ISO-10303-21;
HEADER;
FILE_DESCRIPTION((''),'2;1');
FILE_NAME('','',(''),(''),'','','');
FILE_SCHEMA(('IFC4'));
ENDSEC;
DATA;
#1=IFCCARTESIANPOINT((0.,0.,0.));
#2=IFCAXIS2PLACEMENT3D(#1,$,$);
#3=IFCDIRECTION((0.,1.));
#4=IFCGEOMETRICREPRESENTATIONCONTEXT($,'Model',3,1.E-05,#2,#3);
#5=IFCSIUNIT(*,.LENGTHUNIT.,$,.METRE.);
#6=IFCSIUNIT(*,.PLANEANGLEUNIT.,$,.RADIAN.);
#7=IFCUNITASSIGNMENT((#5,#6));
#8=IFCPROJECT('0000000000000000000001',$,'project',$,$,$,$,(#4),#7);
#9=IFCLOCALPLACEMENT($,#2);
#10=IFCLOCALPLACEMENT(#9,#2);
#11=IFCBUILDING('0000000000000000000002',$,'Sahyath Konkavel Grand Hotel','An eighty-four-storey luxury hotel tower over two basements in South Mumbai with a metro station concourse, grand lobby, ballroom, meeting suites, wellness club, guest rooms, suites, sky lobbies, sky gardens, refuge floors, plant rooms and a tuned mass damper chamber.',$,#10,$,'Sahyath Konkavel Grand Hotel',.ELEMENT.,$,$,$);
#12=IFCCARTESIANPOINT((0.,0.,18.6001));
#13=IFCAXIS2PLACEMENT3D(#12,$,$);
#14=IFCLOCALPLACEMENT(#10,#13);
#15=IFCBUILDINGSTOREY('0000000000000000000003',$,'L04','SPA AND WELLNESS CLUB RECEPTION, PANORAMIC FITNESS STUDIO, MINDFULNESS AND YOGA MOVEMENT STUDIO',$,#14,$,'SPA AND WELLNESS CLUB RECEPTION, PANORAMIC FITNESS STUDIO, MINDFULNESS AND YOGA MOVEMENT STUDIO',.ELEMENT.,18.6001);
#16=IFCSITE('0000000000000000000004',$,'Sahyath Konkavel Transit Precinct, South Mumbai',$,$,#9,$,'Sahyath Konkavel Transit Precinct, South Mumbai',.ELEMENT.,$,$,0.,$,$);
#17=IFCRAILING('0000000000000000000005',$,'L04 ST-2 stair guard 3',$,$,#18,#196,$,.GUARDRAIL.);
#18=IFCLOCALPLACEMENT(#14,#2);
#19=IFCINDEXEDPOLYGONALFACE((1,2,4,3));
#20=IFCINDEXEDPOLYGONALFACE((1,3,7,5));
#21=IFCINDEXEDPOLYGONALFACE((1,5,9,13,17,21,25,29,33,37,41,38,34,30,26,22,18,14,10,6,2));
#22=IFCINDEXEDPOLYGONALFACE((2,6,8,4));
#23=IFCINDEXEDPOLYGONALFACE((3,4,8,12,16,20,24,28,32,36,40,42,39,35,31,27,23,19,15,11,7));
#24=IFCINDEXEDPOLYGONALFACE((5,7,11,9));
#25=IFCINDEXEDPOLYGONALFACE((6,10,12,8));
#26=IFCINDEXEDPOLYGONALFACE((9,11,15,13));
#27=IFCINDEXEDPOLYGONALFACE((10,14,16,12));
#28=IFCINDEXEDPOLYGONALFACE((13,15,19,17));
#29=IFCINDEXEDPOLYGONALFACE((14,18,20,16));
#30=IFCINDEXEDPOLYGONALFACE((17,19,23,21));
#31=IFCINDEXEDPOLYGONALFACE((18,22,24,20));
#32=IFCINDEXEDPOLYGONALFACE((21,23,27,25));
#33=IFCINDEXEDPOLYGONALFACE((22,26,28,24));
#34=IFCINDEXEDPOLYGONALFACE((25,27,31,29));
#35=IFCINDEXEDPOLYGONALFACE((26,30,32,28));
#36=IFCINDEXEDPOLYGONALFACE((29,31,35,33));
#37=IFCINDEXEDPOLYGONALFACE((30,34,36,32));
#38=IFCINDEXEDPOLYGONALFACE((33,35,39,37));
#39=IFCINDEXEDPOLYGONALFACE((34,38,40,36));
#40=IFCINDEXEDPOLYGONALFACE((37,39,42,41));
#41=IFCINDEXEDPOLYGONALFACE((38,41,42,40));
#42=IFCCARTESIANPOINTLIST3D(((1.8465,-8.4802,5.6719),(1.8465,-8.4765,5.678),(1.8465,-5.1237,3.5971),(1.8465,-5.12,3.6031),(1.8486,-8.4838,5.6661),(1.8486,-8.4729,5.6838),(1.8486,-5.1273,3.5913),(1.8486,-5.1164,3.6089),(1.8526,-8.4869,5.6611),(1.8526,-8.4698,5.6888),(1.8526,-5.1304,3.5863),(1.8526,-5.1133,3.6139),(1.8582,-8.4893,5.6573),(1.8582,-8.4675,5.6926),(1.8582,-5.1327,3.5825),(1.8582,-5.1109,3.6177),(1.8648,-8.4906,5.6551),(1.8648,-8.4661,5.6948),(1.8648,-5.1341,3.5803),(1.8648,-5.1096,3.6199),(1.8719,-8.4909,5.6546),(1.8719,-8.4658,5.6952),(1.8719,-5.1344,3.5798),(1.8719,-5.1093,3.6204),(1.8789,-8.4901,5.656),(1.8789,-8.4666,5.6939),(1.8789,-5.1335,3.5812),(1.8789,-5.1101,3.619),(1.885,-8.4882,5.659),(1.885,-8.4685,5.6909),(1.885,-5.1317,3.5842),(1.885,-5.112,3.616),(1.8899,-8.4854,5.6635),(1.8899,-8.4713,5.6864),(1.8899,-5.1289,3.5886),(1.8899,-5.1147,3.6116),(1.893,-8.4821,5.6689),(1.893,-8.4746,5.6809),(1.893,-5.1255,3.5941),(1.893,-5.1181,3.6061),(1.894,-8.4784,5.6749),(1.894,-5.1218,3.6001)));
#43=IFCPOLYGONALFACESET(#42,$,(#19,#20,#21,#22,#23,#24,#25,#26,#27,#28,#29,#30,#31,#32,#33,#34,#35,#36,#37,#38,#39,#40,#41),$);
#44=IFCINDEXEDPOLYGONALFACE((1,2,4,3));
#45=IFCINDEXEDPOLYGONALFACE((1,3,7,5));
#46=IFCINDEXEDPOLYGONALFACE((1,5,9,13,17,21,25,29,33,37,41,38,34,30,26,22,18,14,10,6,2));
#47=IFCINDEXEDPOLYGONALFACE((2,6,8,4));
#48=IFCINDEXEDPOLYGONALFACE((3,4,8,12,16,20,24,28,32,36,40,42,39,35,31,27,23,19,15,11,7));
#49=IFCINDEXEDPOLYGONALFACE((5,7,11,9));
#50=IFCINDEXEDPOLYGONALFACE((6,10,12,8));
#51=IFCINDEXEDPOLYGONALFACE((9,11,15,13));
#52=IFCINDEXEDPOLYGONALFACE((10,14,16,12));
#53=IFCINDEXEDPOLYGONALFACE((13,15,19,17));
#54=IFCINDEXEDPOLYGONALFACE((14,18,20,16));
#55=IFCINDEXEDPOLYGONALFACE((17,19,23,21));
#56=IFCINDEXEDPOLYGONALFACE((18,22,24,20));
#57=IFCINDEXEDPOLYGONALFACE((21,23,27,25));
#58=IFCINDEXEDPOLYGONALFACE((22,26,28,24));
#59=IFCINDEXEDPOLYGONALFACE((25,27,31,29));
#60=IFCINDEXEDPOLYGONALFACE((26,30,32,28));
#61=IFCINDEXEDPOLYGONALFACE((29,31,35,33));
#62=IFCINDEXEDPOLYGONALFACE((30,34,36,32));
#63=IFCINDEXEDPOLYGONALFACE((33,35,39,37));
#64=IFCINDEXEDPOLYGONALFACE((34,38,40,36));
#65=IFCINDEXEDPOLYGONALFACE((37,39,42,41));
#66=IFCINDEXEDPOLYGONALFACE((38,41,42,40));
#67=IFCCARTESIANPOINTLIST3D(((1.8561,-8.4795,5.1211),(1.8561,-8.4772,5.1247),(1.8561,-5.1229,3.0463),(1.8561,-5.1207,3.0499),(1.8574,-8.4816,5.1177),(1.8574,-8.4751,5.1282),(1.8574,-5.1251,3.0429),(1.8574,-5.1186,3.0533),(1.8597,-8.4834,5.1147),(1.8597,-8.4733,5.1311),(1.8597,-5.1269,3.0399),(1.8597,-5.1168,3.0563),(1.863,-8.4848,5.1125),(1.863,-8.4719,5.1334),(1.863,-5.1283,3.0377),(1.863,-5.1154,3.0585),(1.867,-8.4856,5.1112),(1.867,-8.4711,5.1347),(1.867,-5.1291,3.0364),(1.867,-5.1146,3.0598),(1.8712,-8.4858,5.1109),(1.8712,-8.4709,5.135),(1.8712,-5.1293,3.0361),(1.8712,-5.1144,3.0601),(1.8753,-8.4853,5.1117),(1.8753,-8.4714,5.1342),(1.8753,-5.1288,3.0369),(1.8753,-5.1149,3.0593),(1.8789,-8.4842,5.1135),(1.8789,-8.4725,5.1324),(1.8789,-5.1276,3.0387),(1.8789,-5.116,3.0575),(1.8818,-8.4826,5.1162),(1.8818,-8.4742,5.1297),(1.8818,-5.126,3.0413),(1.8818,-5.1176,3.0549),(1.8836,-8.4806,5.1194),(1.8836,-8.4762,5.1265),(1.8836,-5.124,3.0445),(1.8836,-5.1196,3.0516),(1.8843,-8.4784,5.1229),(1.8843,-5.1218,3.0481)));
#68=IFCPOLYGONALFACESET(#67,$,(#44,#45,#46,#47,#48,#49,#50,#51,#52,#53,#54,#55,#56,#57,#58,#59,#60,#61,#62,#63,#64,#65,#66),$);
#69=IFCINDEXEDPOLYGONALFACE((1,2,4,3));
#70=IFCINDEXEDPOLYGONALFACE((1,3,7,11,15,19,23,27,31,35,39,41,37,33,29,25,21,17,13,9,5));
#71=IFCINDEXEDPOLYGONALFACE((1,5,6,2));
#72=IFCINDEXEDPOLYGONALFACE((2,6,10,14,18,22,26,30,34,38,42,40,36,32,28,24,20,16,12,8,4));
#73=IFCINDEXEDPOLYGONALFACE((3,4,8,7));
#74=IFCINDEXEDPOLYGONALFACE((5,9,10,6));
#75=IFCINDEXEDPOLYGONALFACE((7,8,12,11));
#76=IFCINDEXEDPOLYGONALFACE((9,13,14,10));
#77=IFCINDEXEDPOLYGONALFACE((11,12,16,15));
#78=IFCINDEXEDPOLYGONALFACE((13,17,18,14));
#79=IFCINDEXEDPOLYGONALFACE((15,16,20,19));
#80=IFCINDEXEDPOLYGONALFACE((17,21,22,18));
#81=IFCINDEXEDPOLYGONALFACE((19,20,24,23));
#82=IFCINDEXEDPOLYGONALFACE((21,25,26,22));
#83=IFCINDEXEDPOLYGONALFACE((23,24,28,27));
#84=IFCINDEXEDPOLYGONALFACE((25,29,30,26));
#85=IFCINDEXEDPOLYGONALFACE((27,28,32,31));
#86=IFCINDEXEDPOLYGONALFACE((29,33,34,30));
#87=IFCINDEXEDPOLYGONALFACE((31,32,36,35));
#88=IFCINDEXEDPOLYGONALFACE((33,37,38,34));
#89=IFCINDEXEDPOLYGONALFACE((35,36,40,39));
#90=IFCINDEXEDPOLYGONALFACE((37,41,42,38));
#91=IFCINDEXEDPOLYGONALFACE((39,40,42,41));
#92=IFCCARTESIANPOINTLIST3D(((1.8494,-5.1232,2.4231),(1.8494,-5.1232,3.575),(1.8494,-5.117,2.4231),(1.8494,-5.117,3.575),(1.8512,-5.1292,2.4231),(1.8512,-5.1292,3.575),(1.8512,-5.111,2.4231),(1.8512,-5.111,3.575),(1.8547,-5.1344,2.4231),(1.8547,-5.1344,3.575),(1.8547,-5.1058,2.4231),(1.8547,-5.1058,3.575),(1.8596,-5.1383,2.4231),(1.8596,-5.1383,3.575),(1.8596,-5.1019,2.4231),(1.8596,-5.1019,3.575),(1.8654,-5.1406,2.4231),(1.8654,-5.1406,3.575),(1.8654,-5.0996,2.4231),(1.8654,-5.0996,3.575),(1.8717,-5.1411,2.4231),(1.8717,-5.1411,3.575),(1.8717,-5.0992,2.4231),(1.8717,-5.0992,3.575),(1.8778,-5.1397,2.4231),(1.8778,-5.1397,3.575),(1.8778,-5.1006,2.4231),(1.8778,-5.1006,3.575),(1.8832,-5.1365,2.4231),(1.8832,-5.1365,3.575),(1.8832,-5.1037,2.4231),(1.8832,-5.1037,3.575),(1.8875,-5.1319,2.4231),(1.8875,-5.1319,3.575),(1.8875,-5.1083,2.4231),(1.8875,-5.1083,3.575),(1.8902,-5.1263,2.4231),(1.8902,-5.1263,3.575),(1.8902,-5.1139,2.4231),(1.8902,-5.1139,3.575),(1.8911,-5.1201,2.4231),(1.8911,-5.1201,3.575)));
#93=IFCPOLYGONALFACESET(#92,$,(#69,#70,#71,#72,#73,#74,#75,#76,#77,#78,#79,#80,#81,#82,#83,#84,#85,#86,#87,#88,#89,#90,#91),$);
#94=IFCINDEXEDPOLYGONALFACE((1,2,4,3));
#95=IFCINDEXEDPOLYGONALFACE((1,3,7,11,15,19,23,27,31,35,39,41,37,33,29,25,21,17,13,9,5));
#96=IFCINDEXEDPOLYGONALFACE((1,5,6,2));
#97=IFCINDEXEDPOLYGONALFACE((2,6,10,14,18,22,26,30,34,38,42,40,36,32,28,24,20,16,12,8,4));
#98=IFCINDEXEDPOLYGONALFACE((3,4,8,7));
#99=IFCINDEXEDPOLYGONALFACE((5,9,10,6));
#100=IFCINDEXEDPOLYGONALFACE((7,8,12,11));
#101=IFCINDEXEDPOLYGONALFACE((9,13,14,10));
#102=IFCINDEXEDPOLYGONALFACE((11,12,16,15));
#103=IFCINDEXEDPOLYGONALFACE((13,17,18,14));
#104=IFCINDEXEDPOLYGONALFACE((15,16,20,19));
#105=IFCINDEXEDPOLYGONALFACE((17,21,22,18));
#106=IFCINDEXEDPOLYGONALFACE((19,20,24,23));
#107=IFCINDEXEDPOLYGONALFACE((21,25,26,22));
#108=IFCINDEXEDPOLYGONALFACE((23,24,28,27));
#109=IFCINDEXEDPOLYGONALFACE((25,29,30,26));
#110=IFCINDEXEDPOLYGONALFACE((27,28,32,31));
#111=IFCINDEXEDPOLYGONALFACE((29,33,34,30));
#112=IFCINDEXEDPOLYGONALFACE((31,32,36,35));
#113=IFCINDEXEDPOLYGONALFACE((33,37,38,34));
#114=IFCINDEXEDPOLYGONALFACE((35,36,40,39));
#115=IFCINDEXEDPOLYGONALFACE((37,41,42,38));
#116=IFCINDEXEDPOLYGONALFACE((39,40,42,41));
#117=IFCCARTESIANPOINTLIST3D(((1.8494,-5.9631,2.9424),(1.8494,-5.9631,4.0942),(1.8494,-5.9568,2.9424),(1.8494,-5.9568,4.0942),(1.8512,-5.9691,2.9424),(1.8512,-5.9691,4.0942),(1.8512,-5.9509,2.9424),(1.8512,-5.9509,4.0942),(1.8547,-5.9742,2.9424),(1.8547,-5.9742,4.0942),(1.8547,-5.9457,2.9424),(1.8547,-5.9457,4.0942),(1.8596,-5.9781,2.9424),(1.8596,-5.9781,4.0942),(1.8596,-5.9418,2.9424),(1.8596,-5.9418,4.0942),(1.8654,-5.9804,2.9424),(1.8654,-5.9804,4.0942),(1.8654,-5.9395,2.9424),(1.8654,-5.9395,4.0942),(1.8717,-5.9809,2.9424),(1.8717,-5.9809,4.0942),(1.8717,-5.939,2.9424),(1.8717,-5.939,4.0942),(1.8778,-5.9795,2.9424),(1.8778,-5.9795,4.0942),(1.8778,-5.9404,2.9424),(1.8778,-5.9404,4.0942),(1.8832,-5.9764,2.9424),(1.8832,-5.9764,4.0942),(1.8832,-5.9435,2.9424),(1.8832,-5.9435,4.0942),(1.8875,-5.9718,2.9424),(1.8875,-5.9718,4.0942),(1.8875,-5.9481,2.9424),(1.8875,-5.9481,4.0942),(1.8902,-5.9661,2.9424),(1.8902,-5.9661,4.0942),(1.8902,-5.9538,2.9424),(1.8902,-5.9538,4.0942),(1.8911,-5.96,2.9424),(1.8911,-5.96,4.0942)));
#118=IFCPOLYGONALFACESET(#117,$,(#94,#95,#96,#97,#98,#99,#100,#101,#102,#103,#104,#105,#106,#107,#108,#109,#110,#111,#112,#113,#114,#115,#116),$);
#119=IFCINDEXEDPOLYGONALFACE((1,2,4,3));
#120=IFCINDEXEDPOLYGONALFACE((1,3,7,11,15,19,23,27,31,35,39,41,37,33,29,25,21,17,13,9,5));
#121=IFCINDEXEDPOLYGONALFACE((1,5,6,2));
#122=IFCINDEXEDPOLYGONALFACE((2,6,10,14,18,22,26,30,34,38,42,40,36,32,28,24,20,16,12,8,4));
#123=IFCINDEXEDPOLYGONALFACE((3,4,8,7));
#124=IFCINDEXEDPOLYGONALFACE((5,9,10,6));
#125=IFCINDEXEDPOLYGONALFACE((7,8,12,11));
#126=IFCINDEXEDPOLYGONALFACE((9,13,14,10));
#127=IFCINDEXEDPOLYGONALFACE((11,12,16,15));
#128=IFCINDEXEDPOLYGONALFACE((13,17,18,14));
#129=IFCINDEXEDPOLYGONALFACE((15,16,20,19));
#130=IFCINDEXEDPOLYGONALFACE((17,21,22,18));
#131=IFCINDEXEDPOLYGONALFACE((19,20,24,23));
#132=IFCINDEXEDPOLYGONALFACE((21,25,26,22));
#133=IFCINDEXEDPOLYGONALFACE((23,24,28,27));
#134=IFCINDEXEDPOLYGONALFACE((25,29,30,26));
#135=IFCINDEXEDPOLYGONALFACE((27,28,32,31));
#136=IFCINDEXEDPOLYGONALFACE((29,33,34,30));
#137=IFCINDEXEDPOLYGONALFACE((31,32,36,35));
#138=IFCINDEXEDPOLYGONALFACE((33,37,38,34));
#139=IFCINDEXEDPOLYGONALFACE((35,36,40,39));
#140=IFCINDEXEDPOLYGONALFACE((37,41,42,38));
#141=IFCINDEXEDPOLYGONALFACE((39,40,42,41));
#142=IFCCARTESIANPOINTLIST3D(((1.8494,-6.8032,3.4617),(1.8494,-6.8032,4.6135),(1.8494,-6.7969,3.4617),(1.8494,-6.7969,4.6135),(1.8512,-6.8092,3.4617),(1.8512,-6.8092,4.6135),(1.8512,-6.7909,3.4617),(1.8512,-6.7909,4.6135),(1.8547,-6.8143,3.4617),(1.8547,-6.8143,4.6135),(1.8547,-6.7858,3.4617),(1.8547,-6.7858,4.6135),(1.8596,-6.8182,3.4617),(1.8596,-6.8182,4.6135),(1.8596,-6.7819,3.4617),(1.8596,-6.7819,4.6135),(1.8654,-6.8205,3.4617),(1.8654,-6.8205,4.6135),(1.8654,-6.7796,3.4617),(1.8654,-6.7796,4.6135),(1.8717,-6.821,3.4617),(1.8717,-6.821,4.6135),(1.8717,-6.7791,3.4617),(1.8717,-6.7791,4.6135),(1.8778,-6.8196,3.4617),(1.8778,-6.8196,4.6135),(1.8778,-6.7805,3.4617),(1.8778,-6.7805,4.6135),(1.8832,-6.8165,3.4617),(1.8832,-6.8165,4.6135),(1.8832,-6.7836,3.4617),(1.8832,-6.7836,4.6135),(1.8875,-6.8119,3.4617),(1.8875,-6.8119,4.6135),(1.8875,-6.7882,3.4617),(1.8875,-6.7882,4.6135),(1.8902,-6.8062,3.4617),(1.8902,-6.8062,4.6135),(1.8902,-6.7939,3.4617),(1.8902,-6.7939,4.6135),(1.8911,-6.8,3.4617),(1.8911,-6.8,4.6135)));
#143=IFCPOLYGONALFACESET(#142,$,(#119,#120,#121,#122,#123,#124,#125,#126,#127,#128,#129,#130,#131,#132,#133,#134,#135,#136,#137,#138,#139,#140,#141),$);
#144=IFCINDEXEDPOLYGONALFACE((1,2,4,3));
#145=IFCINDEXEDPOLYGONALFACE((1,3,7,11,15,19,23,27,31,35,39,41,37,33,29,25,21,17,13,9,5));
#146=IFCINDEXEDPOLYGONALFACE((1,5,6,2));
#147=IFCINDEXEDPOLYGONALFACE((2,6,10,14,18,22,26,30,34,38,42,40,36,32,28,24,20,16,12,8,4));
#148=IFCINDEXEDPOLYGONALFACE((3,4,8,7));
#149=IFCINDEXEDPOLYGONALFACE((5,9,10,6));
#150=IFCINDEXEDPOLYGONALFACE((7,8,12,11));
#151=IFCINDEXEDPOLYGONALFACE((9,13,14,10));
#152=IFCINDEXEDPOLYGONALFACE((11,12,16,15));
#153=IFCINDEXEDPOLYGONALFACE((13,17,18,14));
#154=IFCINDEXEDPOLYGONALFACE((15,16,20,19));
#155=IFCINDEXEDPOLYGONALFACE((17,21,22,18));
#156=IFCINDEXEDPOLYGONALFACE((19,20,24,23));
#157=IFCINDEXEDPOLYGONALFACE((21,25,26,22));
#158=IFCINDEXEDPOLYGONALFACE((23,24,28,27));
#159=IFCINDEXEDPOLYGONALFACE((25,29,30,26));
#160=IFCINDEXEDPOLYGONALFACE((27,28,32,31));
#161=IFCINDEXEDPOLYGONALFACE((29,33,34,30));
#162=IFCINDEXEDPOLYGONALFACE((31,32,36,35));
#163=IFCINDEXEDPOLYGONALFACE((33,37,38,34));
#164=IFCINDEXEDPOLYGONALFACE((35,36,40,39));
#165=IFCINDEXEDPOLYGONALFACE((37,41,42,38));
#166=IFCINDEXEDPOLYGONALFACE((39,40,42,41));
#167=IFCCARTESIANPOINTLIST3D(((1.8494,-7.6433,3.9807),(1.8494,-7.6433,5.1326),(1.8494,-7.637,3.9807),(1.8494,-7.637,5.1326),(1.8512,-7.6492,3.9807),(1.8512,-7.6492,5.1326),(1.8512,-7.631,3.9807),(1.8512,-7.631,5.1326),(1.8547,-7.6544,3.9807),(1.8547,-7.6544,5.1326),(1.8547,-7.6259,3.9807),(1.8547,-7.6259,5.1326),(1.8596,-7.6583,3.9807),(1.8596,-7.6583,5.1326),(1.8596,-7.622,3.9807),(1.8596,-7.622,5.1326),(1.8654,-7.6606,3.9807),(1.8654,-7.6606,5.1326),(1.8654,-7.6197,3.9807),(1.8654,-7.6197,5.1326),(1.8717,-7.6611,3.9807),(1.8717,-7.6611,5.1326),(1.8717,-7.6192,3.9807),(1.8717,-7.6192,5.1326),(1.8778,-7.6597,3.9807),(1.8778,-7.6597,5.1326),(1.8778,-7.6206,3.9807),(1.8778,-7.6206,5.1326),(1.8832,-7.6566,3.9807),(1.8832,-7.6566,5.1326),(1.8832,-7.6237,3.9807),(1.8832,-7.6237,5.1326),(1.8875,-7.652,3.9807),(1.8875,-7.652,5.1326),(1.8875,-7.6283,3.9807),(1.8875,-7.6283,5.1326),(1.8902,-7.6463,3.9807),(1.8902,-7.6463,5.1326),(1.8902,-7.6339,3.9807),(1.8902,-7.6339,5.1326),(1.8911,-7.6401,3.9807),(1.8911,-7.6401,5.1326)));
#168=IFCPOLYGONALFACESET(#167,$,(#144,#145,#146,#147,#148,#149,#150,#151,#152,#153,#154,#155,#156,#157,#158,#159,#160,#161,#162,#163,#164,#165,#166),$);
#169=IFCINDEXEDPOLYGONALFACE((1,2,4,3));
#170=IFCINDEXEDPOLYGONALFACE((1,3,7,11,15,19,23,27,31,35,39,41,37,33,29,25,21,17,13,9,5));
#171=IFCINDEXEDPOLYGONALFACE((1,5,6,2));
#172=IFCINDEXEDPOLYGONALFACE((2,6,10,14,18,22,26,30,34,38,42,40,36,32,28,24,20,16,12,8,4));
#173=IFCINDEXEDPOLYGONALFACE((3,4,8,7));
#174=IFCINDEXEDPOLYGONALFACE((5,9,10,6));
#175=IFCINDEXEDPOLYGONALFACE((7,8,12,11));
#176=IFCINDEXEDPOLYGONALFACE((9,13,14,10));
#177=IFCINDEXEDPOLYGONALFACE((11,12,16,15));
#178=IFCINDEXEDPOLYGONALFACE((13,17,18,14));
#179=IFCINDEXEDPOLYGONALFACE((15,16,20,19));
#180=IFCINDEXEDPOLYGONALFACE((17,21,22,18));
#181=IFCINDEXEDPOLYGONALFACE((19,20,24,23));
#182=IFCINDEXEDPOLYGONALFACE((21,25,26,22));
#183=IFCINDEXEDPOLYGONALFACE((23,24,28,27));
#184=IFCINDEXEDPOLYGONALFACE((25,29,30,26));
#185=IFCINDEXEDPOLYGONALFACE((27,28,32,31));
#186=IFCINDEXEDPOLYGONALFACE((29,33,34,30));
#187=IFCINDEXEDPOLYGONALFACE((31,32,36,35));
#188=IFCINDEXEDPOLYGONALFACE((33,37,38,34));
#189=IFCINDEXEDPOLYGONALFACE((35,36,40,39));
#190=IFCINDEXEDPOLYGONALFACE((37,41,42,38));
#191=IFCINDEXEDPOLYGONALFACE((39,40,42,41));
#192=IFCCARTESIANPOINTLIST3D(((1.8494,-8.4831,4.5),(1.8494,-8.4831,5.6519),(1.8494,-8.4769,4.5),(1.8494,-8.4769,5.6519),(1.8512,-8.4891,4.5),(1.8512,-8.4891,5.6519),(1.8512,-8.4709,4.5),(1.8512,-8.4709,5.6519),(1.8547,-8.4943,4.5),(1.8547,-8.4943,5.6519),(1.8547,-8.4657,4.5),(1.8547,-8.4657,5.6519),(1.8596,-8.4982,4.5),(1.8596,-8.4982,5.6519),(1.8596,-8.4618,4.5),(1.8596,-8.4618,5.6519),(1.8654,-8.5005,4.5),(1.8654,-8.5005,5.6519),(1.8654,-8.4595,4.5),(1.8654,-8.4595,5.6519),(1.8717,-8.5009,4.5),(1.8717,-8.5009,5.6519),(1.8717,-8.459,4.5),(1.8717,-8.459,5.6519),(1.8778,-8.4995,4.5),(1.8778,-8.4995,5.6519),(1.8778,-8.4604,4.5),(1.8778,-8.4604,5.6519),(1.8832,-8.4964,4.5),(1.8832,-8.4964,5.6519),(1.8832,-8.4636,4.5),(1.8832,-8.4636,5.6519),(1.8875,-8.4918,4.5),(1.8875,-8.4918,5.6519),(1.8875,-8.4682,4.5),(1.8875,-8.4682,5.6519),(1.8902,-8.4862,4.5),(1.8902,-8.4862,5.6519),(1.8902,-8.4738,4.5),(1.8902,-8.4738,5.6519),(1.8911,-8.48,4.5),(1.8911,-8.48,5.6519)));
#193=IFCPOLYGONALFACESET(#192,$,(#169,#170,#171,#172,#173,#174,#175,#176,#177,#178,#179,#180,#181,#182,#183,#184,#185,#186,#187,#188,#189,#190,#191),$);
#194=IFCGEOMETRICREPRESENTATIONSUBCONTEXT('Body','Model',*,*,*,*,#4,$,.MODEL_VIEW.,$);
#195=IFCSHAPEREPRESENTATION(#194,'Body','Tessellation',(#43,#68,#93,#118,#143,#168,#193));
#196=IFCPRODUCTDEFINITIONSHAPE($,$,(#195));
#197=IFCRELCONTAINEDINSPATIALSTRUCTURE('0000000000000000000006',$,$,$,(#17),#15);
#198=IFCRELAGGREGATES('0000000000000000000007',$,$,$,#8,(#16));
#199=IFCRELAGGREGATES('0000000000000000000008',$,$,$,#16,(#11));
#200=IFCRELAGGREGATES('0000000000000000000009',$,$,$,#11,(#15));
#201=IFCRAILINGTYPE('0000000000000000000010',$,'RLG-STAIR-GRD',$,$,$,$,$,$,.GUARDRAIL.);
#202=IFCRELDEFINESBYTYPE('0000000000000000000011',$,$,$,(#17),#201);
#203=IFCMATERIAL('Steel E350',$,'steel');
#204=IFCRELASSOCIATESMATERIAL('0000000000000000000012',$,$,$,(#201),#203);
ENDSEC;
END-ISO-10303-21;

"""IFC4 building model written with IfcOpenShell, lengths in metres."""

from ifc_helpers import new_model, si_unit, direction, frame, origin, origin_2d, place, context, subcontext, project, spatial, circle, extrude, material, type_object, element, save


model = new_model("IFC4")

# Units and contexts
model_context = context("Model", 3, precision=1e-05, world=origin(), true_north=direction((0.0, 1.0)))
body_context = subcontext(model_context, "Body", "Model", "MODEL_VIEW")
ifc_project = project(units=[si_unit("LENGTHUNIT", "METRE"), si_unit("PLANEANGLEUNIT", "RADIAN")], contexts=[model_context])

# Site, building, storey
site_placement = place(None, origin())
site = spatial("IfcSite", under=ifc_project, at=site_placement, Name="Sahyath Konkavel Transit Precinct, South Mumbai", LongName="Sahyath Konkavel Transit Precinct, South Mumbai", CompositionType="ELEMENT", RefElevation=0.0)
building_placement = place(site_placement, origin())
building = spatial("IfcBuilding", under=site, at=building_placement, Name="Sahyath Konkavel Grand Hotel", Description="An eighty-four-storey luxury hotel tower over two basements in South Mumbai with a metro station concourse, grand lobby, ballroom, meeting suites, wellness club, guest rooms, suites, sky lobbies, sky gardens, refuge floors, plant rooms and a tuned mass damper chamber.", LongName="Sahyath Konkavel Grand Hotel", CompositionType="ELEMENT")
storey_placement = place(building_placement, frame((0.0, 0.0, 18.6001)))
storey = spatial("IfcBuildingStorey", under=building, at=storey_placement, Name="L04", Description="SPA AND WELLNESS CLUB RECEPTION, PANORAMIC FITNESS STUDIO, MINDFULNESS AND YOGA MOVEMENT STUDIO", LongName="SPA AND WELLNESS CLUB RECEPTION, PANORAMIC FITNESS STUDIO, MINDFULNESS AND YOGA MOVEMENT STUDIO", CompositionType="ELEMENT", Elevation=18.6001)

# Shared definitions
ifc_material_1 = material(Name="Steel E350", Category="steel")

# Railing
railing_type_1 = type_object("IfcRailingType", Name="RLG-STAIR-GRD", PredefinedType="GUARDRAIL", material=ifc_material_1)
railing_1_placement = place(storey_placement, frame((1.8701, -5.1201, 2.4231)))
element("IfcRailing", 1, at=railing_1_placement, inside=storey, type_object=railing_type_1, Name="L04 ST-2 stair guard 3", PredefinedType="GUARDRAIL", context=body_context, shape_type="SweptSolid", body=[
    extrude(circle(Radius=0.0239, at=origin_2d()), frame((0.0, -0.0017, 1.177), z_axis=(0.0, -0.850606, 0.525803), x_axis=(1.0, 0.0, 0.0)), (0.0, 0.0, 1.0), 3.946),
    extrude(circle(Radius=0.0142, at=origin_2d()), frame((0.0, -0.0017, 0.625), z_axis=(0.0, -0.850606, 0.525803), x_axis=(1.0, 0.0, 0.0)), (0.0, 0.0, 1.0), 3.946),
    extrude(circle(Radius=0.021, at=origin_2d()), origin(), (0.0, 0.0, 1.0), 1.1519),
    extrude(circle(Radius=0.021, at=origin_2d()), frame((0.0, -0.8398, 0.5193)), (0.0, 0.0, 1.0), 1.1519),
    extrude(circle(Radius=0.021, at=origin_2d()), frame((0.0, -1.6799, 1.0386)), (0.0, 0.0, 1.0), 1.1519),
    extrude(circle(Radius=0.021, at=origin_2d()), frame((0.0, -2.52, 1.5576)), (0.0, 0.0, 1.0), 1.1519),
    extrude(circle(Radius=0.021, at=origin_2d()), frame((0.0, -3.3599, 2.0769)), (0.0, 0.0, 1.0), 1.1519),
])

save(model, "model.ifc")
